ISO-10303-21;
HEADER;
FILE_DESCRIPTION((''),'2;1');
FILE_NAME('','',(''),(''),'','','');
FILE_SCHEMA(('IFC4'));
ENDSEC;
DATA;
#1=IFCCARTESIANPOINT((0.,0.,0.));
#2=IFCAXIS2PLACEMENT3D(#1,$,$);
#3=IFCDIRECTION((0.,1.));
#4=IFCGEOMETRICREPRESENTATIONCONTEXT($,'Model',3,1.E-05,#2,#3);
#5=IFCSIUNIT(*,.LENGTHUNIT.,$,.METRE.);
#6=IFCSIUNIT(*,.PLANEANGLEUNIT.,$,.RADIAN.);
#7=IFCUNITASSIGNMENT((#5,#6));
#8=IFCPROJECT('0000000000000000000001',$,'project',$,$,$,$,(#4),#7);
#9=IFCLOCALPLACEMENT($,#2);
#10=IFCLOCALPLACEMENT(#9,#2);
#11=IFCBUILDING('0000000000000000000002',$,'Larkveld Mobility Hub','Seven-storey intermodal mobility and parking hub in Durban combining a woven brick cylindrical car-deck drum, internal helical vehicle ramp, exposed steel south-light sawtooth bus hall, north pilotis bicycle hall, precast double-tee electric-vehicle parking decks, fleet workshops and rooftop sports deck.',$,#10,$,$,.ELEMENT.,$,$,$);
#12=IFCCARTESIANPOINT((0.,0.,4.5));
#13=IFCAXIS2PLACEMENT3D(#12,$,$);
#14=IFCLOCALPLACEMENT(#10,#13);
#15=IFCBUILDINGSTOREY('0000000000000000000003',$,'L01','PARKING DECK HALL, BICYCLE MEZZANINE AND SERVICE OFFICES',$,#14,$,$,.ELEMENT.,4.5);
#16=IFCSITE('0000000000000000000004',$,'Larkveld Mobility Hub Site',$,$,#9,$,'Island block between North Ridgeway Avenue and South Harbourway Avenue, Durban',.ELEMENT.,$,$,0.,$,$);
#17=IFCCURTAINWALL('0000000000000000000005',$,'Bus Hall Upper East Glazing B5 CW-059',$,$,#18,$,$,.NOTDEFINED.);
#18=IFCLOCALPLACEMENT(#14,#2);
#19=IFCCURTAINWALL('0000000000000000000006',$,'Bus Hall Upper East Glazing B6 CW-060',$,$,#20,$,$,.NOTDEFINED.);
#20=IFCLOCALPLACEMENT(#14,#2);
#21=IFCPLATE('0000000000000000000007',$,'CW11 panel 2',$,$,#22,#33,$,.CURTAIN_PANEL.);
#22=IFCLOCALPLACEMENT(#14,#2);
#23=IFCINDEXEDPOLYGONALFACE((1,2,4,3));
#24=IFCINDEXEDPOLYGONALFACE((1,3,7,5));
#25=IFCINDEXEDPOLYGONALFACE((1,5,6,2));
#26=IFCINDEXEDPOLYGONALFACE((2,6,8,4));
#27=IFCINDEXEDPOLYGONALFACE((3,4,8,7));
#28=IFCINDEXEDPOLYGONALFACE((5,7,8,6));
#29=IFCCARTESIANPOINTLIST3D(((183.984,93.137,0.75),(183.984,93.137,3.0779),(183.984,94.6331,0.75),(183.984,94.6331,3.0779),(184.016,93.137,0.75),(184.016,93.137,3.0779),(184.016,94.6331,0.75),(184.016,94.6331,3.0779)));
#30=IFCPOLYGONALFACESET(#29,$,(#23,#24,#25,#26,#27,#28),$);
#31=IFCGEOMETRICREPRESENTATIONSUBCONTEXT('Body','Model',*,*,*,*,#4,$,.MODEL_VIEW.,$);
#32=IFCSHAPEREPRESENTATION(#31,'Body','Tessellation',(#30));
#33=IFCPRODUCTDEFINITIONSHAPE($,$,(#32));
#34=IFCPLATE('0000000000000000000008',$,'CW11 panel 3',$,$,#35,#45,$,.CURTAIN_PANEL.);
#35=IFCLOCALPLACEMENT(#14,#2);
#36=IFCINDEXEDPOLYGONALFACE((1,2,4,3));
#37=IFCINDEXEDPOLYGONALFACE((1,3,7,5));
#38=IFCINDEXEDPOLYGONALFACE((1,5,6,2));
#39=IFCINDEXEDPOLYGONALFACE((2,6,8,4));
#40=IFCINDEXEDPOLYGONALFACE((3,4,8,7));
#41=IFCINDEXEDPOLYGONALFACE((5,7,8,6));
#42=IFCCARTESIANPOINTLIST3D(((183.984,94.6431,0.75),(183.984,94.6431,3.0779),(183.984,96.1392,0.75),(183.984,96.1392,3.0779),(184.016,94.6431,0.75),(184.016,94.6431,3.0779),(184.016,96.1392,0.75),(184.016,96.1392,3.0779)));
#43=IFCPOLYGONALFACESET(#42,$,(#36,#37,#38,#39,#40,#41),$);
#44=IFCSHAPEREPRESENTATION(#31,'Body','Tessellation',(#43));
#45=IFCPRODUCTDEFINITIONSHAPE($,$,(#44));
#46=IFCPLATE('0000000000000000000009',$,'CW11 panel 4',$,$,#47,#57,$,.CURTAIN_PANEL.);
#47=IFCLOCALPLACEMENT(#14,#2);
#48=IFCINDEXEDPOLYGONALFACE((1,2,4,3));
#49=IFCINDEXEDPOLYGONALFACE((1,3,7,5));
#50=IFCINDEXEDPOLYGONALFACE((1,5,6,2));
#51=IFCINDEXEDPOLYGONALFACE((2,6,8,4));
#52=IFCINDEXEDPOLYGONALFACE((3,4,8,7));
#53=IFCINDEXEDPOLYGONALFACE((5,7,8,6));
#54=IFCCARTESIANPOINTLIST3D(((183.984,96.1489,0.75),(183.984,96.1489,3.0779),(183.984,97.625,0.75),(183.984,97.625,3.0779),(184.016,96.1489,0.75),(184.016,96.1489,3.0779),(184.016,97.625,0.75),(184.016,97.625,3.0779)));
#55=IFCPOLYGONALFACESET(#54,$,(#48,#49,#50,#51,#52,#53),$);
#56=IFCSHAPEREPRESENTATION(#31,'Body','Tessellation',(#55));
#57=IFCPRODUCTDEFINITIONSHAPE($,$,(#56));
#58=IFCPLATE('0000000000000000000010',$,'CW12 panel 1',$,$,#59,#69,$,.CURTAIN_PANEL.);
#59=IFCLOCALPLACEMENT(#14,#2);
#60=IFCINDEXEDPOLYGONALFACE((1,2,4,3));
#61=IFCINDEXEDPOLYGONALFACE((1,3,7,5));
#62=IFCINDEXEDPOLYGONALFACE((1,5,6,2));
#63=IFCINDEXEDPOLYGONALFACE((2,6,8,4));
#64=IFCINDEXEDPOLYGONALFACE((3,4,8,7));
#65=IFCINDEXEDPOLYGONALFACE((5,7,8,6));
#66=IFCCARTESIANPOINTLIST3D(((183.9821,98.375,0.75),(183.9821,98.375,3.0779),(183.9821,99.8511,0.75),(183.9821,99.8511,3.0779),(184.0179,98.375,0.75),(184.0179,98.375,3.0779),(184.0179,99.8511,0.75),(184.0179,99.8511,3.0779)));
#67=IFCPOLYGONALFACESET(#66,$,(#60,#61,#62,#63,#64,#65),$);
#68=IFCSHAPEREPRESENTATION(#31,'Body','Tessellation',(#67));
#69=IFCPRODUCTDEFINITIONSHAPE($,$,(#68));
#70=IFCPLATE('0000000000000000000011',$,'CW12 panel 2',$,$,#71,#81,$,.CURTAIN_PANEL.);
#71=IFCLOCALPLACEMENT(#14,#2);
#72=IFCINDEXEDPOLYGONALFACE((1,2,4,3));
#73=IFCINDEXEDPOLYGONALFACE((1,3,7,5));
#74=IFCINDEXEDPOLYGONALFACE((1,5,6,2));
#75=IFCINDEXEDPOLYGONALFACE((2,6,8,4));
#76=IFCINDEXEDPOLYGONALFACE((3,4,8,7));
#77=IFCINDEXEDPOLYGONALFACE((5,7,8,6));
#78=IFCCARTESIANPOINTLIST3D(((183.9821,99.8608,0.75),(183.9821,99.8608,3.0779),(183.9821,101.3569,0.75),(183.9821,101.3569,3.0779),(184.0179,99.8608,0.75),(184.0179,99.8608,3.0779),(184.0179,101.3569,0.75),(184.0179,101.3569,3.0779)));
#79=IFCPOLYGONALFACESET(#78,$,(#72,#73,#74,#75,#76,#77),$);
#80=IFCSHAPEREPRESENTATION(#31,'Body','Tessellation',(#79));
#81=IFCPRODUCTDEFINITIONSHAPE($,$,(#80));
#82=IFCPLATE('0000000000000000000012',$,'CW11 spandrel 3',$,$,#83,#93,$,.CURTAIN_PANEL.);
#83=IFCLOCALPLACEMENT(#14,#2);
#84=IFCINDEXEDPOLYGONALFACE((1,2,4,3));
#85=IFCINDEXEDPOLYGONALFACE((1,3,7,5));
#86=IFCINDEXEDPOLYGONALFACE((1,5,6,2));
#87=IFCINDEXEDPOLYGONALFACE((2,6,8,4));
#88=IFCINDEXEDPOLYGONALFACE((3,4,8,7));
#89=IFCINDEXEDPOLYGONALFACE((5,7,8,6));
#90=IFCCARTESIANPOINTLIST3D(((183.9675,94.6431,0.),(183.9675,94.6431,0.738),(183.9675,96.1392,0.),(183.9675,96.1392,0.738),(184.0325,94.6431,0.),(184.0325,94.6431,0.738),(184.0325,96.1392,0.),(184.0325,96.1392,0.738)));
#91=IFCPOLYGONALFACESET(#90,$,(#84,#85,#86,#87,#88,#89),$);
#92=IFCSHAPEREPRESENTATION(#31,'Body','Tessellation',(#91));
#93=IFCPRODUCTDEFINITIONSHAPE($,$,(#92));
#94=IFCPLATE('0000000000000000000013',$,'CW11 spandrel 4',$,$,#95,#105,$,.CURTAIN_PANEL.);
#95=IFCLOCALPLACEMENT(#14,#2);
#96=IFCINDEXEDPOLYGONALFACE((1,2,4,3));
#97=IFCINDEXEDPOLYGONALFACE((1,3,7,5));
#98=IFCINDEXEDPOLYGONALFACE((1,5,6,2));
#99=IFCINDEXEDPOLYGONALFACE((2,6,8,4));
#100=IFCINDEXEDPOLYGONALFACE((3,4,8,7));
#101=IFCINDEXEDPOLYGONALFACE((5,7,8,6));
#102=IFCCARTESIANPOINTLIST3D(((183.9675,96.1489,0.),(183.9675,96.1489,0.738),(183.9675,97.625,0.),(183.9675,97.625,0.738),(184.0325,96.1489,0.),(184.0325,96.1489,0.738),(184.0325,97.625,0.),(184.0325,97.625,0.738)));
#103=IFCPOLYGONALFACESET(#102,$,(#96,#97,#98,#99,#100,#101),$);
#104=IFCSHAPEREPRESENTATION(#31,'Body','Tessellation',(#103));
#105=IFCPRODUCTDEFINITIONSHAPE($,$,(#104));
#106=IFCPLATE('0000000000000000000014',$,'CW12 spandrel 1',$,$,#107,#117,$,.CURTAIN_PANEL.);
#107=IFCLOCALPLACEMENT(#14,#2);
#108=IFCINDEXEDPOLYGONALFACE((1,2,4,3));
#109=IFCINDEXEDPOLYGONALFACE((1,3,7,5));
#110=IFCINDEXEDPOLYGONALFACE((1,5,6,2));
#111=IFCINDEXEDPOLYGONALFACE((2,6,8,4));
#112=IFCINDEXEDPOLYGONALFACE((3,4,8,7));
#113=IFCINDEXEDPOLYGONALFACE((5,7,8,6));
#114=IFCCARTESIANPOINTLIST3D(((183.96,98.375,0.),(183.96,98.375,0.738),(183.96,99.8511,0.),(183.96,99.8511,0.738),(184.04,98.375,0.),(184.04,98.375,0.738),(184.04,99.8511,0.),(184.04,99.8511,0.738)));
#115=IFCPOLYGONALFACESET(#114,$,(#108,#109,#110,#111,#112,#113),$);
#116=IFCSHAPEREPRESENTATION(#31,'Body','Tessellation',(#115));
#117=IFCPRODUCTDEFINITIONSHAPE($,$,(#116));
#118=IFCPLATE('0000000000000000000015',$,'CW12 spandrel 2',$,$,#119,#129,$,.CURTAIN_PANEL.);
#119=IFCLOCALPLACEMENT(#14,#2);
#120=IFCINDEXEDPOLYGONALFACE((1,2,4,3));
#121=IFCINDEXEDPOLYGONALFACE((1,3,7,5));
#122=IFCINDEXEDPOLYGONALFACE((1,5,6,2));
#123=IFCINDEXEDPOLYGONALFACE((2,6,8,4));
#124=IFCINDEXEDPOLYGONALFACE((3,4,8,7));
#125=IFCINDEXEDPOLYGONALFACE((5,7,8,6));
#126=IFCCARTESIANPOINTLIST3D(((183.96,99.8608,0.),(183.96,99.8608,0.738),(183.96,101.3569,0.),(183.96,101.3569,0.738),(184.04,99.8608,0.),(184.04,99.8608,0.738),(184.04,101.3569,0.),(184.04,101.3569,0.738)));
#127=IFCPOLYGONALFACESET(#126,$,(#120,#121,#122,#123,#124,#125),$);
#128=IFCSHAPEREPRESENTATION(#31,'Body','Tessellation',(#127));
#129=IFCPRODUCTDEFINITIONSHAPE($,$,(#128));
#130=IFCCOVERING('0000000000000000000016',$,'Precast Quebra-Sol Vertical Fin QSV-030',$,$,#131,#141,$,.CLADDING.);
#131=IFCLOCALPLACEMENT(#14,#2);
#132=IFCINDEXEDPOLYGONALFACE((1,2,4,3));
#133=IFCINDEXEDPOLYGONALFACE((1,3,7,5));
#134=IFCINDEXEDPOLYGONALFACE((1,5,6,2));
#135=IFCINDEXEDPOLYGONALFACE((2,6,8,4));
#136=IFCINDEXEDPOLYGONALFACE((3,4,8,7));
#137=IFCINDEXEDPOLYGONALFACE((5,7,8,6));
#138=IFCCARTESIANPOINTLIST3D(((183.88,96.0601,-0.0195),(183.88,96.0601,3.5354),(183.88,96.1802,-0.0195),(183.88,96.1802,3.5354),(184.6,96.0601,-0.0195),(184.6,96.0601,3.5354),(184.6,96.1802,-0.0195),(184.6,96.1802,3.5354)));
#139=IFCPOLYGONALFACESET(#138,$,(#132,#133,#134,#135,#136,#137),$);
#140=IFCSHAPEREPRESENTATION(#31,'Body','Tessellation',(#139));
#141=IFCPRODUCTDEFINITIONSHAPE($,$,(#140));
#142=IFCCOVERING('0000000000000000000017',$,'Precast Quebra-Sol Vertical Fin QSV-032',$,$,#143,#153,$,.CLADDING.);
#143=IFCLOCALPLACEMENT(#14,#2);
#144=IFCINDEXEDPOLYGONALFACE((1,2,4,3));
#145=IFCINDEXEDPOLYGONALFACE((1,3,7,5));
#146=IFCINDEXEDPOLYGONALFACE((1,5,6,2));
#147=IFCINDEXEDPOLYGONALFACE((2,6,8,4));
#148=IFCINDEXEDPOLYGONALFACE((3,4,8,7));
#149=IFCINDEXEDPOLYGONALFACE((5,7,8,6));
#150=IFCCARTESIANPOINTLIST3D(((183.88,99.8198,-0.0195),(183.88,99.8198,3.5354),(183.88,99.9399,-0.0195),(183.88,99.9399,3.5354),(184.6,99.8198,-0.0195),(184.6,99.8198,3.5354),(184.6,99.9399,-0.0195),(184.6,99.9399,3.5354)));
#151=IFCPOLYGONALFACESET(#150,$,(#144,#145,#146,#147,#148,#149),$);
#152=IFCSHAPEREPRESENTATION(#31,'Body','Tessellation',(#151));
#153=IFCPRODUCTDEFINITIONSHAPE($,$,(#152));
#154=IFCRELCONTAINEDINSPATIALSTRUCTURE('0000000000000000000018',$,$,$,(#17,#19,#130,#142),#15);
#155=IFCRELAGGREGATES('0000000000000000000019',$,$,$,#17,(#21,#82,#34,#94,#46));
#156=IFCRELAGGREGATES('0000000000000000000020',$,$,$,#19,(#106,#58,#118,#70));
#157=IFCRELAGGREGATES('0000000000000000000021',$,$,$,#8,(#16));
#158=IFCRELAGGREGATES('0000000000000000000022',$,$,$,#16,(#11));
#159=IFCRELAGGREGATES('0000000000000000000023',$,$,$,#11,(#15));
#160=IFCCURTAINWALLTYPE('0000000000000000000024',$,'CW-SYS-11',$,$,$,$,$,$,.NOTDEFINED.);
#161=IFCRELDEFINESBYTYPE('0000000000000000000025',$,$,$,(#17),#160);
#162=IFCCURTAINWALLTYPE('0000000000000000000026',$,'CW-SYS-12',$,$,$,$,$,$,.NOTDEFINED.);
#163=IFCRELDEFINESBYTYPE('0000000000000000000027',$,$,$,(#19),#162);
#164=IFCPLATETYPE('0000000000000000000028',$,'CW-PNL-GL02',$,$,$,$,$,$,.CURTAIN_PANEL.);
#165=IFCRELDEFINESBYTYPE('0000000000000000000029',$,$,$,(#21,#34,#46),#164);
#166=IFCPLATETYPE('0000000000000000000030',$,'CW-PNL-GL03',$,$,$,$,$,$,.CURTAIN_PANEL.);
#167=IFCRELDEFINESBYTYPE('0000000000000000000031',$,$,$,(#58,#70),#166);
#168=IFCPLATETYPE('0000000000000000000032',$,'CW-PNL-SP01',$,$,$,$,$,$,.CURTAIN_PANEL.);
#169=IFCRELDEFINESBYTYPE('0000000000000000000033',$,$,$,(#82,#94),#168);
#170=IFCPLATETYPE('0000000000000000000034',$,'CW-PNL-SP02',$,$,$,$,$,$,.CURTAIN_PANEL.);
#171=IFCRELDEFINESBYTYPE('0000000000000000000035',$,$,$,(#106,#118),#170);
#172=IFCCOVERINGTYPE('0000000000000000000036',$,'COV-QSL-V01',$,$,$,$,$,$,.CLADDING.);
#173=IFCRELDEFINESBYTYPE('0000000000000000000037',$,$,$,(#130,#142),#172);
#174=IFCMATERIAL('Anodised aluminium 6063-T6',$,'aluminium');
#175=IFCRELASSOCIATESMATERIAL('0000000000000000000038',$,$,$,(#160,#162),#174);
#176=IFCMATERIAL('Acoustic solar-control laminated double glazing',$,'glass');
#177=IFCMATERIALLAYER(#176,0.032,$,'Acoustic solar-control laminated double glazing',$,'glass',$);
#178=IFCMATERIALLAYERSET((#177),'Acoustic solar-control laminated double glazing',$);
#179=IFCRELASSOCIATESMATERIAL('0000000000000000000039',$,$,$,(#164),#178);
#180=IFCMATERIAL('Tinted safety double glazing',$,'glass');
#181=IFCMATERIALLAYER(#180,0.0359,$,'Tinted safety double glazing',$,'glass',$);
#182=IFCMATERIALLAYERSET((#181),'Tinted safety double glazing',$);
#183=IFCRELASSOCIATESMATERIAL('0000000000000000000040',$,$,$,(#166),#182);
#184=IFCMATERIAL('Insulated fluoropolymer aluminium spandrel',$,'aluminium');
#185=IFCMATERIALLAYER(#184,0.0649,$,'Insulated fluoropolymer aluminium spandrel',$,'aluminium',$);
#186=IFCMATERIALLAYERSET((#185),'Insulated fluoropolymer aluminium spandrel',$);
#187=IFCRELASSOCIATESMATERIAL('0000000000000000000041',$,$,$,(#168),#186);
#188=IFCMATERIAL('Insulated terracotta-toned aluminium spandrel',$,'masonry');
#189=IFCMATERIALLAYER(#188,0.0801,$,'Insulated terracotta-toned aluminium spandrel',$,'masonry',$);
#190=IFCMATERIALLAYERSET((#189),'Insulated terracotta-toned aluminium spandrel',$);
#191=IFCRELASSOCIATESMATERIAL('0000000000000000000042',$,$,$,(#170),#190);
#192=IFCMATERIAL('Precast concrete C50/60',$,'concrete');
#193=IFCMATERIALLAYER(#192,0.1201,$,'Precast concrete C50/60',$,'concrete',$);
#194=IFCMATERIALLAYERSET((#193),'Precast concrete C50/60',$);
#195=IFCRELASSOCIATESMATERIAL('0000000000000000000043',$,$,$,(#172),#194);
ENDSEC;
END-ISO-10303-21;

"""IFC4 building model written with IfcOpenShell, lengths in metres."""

from ifc_helpers import new_model, si_unit, direction, frame, origin, origin_2d, place, context, subcontext, project, spatial, rectangle, extrude, material, layer, layer_set, type_object, element, aggregate, save


model = new_model("IFC4")

# Units and contexts
model_context = context("Model", 3, precision=1e-05, world=origin(), true_north=direction((0.0, 1.0)))
body_context = subcontext(model_context, "Body", "Model", "MODEL_VIEW")
ifc_project = project(units=[si_unit("LENGTHUNIT", "METRE"), si_unit("PLANEANGLEUNIT", "RADIAN")], contexts=[model_context])

# Site, building, storey
site_placement = place(None, origin())
site = spatial("IfcSite", under=ifc_project, at=site_placement, Name="Larkveld Mobility Hub Site", LongName="Island block between North Ridgeway Avenue and South Harbourway Avenue, Durban", CompositionType="ELEMENT", RefElevation=0.0)
building_placement = place(site_placement, origin())
building = spatial("IfcBuilding", under=site, at=building_placement, Name="Larkveld Mobility Hub", Description="Seven-storey intermodal mobility and parking hub in Durban combining a woven brick cylindrical car-deck drum, internal helical vehicle ramp, exposed steel south-light sawtooth bus hall, north pilotis bicycle hall, precast double-tee electric-vehicle parking decks, fleet workshops and rooftop sports deck.", CompositionType="ELEMENT")
storey_placement = place(building_placement, frame((0.0, 0.0, 4.5)))
storey = spatial("IfcBuildingStorey", under=building, at=storey_placement, Name="L01", Description="PARKING DECK HALL, BICYCLE MEZZANINE AND SERVICE OFFICES", CompositionType="ELEMENT", Elevation=4.5)

# Curtain walls
ifc_material_1 = material(Name="Anodised aluminium 6063-T6", Category="aluminium")
curtain_wall_type_1 = type_object("IfcCurtainWallType", Name="CW-SYS-11", PredefinedType="NOTDEFINED", material=ifc_material_1)
curtain_wall_1_placement = place(storey_placement, origin())
curtain_wall_1 = element("IfcCurtainWall", 1, at=curtain_wall_1_placement, inside=storey, type_object=curtain_wall_type_1, Name="Bus Hall Upper East Glazing B5 CW-059", PredefinedType="NOTDEFINED")
curtain_wall_type_2 = type_object("IfcCurtainWallType", Name="CW-SYS-12", PredefinedType="NOTDEFINED", material=ifc_material_1)
curtain_wall_2_placement = place(storey_placement, origin())
curtain_wall_2 = element("IfcCurtainWall", 2, at=curtain_wall_2_placement, inside=storey, type_object=curtain_wall_type_2, Name="Bus Hall Upper East Glazing B6 CW-060", PredefinedType="NOTDEFINED")

# Plates
ifc_material_2 = material(Name="Acoustic solar-control laminated double glazing", Category="glass")
ifc_layer_1 = layer(ifc_material_2, 0.032, Name="Acoustic solar-control laminated double glazing", Category="glass")
ifc_layer_set_1 = layer_set([ifc_layer_1], Name="Acoustic solar-control laminated double glazing")
plate_type_1 = type_object("IfcPlateType", Name="CW-PNL-GL02", PredefinedType="CURTAIN_PANEL", material=ifc_layer_set_1)
plate_1_placement = place(storey_placement, frame((184.0, 93.885, 0.75), z_axis=(0.0, 0.0, 1.0), x_axis=(0.0, 1.0, 0.0)))
plate_1 = element("IfcPlate", 3, at=plate_1_placement, type_object=plate_type_1, Name="CW11 panel 2", PredefinedType="CURTAIN_PANEL", context=body_context, shape_type="SweptSolid", body=[
    extrude(rectangle(XDim=1.4961, YDim=0.032, at=origin_2d()), origin(), (0.0, 0.0, 1.0), 2.3279),
])
plate_2_placement = place(storey_placement, frame((184.0, 95.3911, 0.75), z_axis=(0.0, 0.0, 1.0), x_axis=(0.0, 1.0, 0.0)))
plate_2 = element("IfcPlate", 4, at=plate_2_placement, type_object=plate_type_1, Name="CW11 panel 3", PredefinedType="CURTAIN_PANEL", context=body_context, shape_type="SweptSolid", body=[
    extrude(rectangle(XDim=1.4961, YDim=0.032, at=origin_2d()), origin(), (0.0, 0.0, 1.0), 2.3279),
])
plate_3_placement = place(storey_placement, frame((184.0, 96.887, 0.75), z_axis=(0.0, 0.0, 1.0), x_axis=(0.0, 1.0, 0.0)))
plate_3 = element("IfcPlate", 5, at=plate_3_placement, type_object=plate_type_1, Name="CW11 panel 4", PredefinedType="CURTAIN_PANEL", context=body_context, shape_type="SweptSolid", body=[
    extrude(rectangle(XDim=1.4761, YDim=0.032, at=origin_2d()), origin(), (0.0, 0.0, 1.0), 2.3279),
])
ifc_material_3 = material(Name="Tinted safety double glazing", Category="glass")
ifc_layer_2 = layer(ifc_material_3, 0.0359, Name="Tinted safety double glazing", Category="glass")
ifc_layer_set_2 = layer_set([ifc_layer_2], Name="Tinted safety double glazing")
plate_type_2 = type_object("IfcPlateType", Name="CW-PNL-GL03", PredefinedType="CURTAIN_PANEL", material=ifc_layer_set_2)
plate_4_placement = place(storey_placement, frame((184.0, 99.113, 0.75), z_axis=(0.0, 0.0, 1.0), x_axis=(0.0, 1.0, 0.0)))
plate_4 = element("IfcPlate", 6, at=plate_4_placement, type_object=plate_type_2, Name="CW12 panel 1", PredefinedType="CURTAIN_PANEL", context=body_context, shape_type="SweptSolid", body=[
    extrude(rectangle(XDim=1.4761, YDim=0.0359, at=origin_2d()), origin(), (0.0, 0.0, 1.0), 2.3279),
])
plate_5_placement = place(storey_placement, frame((184.0, 100.6089, 0.75), z_axis=(0.0, 0.0, 1.0), x_axis=(0.0, 1.0, 0.0)))
plate_5 = element("IfcPlate", 7, at=plate_5_placement, type_object=plate_type_2, Name="CW12 panel 2", PredefinedType="CURTAIN_PANEL", context=body_context, shape_type="SweptSolid", body=[
    extrude(rectangle(XDim=1.4961, YDim=0.0359, at=origin_2d()), origin(), (0.0, 0.0, 1.0), 2.3279),
])
ifc_material_4 = material(Name="Insulated fluoropolymer aluminium spandrel", Category="aluminium")
ifc_layer_3 = layer(ifc_material_4, 0.0649, Name="Insulated fluoropolymer aluminium spandrel", Category="aluminium")
ifc_layer_set_3 = layer_set([ifc_layer_3], Name="Insulated fluoropolymer aluminium spandrel")
plate_type_3 = type_object("IfcPlateType", Name="CW-PNL-SP01", PredefinedType="CURTAIN_PANEL", material=ifc_layer_set_3)
plate_6_placement = place(storey_placement, frame((184.0, 95.3911, 0.0), z_axis=(0.0, 0.0, 1.0), x_axis=(0.0, 1.0, 0.0)))
plate_6 = element("IfcPlate", 8, at=plate_6_placement, type_object=plate_type_3, Name="CW11 spandrel 3", PredefinedType="CURTAIN_PANEL", context=body_context, shape_type="SweptSolid", body=[
    extrude(rectangle(XDim=1.4961, YDim=0.0649, at=origin_2d()), origin(), (0.0, 0.0, 1.0), 0.738),
])
plate_7_placement = place(storey_placement, frame((184.0, 96.887, 0.0), z_axis=(0.0, 0.0, 1.0), x_axis=(0.0, 1.0, 0.0)))
plate_7 = element("IfcPlate", 9, at=plate_7_placement, type_object=plate_type_3, Name="CW11 spandrel 4", PredefinedType="CURTAIN_PANEL", context=body_context, shape_type="SweptSolid", body=[
    extrude(rectangle(XDim=1.4761, YDim=0.0649, at=origin_2d()), origin(), (0.0, 0.0, 1.0), 0.738),
])
aggregate(curtain_wall_1, [plate_1, plate_6, plate_2, plate_7, plate_3])
ifc_material_5 = material(Name="Insulated terracotta-toned aluminium spandrel", Category="masonry")
ifc_layer_4 = layer(ifc_material_5, 0.0801, Name="Insulated terracotta-toned aluminium spandrel", Category="masonry")
ifc_layer_set_4 = layer_set([ifc_layer_4], Name="Insulated terracotta-toned aluminium spandrel")
plate_type_4 = type_object("IfcPlateType", Name="CW-PNL-SP02", PredefinedType="CURTAIN_PANEL", material=ifc_layer_set_4)
plate_8_placement = place(storey_placement, frame((184.0, 99.113, 0.0), z_axis=(0.0, 0.0, 1.0), x_axis=(0.0, 1.0, 0.0)))
plate_8 = element("IfcPlate", 10, at=plate_8_placement, type_object=plate_type_4, Name="CW12 spandrel 1", PredefinedType="CURTAIN_PANEL", context=body_context, shape_type="SweptSolid", body=[
    extrude(rectangle(XDim=1.4761, YDim=0.0801, at=origin_2d()), origin(), (0.0, 0.0, 1.0), 0.738),
])
plate_9_placement = place(storey_placement, frame((184.0, 100.6089, 0.0), z_axis=(0.0, 0.0, 1.0), x_axis=(0.0, 1.0, 0.0)))
plate_9 = element("IfcPlate", 11, at=plate_9_placement, type_object=plate_type_4, Name="CW12 spandrel 2", PredefinedType="CURTAIN_PANEL", context=body_context, shape_type="SweptSolid", body=[
    extrude(rectangle(XDim=1.4961, YDim=0.0801, at=origin_2d()), origin(), (0.0, 0.0, 1.0), 0.738),
])
aggregate(curtain_wall_2, [plate_8, plate_4, plate_9, plate_5])

# Coverings
ifc_material_6 = material(Name="Precast concrete C50/60", Category="concrete")
ifc_layer_5 = layer(ifc_material_6, 0.1201, Name="Precast concrete C50/60", Category="concrete")
ifc_layer_set_5 = layer_set([ifc_layer_5], Name="Precast concrete C50/60")
covering_type = type_object("IfcCoveringType", Name="COV-QSL-V01", PredefinedType="CLADDING", material=ifc_layer_set_5)
for number, where, z_axis, x_axis, name in (
    (12, (184.24, 96.1201, -0.0195), (0.0, 0.0, 1.0), (0.0, 1.0, 0.0), "Precast Quebra-Sol Vertical Fin QSV-030"),
    (13, (184.24, 99.8799, -0.0195), (0.0, 0.0, 1.0), (0.0, 1.0, 0.0), "Precast Quebra-Sol Vertical Fin QSV-032"),
):
    element("IfcCovering", number, at=place(storey_placement, frame(where, z_axis=z_axis, x_axis=x_axis)), inside=storey, type_object=covering_type, Name=name, PredefinedType="CLADDING", context=body_context, shape_type="SweptSolid", body=[
        extrude(rectangle(XDim=0.1201, YDim=0.72, at=origin_2d()), origin(), (0.0, 0.0, 1.0), 3.5549),
    ])

save(model, "model.ifc")
